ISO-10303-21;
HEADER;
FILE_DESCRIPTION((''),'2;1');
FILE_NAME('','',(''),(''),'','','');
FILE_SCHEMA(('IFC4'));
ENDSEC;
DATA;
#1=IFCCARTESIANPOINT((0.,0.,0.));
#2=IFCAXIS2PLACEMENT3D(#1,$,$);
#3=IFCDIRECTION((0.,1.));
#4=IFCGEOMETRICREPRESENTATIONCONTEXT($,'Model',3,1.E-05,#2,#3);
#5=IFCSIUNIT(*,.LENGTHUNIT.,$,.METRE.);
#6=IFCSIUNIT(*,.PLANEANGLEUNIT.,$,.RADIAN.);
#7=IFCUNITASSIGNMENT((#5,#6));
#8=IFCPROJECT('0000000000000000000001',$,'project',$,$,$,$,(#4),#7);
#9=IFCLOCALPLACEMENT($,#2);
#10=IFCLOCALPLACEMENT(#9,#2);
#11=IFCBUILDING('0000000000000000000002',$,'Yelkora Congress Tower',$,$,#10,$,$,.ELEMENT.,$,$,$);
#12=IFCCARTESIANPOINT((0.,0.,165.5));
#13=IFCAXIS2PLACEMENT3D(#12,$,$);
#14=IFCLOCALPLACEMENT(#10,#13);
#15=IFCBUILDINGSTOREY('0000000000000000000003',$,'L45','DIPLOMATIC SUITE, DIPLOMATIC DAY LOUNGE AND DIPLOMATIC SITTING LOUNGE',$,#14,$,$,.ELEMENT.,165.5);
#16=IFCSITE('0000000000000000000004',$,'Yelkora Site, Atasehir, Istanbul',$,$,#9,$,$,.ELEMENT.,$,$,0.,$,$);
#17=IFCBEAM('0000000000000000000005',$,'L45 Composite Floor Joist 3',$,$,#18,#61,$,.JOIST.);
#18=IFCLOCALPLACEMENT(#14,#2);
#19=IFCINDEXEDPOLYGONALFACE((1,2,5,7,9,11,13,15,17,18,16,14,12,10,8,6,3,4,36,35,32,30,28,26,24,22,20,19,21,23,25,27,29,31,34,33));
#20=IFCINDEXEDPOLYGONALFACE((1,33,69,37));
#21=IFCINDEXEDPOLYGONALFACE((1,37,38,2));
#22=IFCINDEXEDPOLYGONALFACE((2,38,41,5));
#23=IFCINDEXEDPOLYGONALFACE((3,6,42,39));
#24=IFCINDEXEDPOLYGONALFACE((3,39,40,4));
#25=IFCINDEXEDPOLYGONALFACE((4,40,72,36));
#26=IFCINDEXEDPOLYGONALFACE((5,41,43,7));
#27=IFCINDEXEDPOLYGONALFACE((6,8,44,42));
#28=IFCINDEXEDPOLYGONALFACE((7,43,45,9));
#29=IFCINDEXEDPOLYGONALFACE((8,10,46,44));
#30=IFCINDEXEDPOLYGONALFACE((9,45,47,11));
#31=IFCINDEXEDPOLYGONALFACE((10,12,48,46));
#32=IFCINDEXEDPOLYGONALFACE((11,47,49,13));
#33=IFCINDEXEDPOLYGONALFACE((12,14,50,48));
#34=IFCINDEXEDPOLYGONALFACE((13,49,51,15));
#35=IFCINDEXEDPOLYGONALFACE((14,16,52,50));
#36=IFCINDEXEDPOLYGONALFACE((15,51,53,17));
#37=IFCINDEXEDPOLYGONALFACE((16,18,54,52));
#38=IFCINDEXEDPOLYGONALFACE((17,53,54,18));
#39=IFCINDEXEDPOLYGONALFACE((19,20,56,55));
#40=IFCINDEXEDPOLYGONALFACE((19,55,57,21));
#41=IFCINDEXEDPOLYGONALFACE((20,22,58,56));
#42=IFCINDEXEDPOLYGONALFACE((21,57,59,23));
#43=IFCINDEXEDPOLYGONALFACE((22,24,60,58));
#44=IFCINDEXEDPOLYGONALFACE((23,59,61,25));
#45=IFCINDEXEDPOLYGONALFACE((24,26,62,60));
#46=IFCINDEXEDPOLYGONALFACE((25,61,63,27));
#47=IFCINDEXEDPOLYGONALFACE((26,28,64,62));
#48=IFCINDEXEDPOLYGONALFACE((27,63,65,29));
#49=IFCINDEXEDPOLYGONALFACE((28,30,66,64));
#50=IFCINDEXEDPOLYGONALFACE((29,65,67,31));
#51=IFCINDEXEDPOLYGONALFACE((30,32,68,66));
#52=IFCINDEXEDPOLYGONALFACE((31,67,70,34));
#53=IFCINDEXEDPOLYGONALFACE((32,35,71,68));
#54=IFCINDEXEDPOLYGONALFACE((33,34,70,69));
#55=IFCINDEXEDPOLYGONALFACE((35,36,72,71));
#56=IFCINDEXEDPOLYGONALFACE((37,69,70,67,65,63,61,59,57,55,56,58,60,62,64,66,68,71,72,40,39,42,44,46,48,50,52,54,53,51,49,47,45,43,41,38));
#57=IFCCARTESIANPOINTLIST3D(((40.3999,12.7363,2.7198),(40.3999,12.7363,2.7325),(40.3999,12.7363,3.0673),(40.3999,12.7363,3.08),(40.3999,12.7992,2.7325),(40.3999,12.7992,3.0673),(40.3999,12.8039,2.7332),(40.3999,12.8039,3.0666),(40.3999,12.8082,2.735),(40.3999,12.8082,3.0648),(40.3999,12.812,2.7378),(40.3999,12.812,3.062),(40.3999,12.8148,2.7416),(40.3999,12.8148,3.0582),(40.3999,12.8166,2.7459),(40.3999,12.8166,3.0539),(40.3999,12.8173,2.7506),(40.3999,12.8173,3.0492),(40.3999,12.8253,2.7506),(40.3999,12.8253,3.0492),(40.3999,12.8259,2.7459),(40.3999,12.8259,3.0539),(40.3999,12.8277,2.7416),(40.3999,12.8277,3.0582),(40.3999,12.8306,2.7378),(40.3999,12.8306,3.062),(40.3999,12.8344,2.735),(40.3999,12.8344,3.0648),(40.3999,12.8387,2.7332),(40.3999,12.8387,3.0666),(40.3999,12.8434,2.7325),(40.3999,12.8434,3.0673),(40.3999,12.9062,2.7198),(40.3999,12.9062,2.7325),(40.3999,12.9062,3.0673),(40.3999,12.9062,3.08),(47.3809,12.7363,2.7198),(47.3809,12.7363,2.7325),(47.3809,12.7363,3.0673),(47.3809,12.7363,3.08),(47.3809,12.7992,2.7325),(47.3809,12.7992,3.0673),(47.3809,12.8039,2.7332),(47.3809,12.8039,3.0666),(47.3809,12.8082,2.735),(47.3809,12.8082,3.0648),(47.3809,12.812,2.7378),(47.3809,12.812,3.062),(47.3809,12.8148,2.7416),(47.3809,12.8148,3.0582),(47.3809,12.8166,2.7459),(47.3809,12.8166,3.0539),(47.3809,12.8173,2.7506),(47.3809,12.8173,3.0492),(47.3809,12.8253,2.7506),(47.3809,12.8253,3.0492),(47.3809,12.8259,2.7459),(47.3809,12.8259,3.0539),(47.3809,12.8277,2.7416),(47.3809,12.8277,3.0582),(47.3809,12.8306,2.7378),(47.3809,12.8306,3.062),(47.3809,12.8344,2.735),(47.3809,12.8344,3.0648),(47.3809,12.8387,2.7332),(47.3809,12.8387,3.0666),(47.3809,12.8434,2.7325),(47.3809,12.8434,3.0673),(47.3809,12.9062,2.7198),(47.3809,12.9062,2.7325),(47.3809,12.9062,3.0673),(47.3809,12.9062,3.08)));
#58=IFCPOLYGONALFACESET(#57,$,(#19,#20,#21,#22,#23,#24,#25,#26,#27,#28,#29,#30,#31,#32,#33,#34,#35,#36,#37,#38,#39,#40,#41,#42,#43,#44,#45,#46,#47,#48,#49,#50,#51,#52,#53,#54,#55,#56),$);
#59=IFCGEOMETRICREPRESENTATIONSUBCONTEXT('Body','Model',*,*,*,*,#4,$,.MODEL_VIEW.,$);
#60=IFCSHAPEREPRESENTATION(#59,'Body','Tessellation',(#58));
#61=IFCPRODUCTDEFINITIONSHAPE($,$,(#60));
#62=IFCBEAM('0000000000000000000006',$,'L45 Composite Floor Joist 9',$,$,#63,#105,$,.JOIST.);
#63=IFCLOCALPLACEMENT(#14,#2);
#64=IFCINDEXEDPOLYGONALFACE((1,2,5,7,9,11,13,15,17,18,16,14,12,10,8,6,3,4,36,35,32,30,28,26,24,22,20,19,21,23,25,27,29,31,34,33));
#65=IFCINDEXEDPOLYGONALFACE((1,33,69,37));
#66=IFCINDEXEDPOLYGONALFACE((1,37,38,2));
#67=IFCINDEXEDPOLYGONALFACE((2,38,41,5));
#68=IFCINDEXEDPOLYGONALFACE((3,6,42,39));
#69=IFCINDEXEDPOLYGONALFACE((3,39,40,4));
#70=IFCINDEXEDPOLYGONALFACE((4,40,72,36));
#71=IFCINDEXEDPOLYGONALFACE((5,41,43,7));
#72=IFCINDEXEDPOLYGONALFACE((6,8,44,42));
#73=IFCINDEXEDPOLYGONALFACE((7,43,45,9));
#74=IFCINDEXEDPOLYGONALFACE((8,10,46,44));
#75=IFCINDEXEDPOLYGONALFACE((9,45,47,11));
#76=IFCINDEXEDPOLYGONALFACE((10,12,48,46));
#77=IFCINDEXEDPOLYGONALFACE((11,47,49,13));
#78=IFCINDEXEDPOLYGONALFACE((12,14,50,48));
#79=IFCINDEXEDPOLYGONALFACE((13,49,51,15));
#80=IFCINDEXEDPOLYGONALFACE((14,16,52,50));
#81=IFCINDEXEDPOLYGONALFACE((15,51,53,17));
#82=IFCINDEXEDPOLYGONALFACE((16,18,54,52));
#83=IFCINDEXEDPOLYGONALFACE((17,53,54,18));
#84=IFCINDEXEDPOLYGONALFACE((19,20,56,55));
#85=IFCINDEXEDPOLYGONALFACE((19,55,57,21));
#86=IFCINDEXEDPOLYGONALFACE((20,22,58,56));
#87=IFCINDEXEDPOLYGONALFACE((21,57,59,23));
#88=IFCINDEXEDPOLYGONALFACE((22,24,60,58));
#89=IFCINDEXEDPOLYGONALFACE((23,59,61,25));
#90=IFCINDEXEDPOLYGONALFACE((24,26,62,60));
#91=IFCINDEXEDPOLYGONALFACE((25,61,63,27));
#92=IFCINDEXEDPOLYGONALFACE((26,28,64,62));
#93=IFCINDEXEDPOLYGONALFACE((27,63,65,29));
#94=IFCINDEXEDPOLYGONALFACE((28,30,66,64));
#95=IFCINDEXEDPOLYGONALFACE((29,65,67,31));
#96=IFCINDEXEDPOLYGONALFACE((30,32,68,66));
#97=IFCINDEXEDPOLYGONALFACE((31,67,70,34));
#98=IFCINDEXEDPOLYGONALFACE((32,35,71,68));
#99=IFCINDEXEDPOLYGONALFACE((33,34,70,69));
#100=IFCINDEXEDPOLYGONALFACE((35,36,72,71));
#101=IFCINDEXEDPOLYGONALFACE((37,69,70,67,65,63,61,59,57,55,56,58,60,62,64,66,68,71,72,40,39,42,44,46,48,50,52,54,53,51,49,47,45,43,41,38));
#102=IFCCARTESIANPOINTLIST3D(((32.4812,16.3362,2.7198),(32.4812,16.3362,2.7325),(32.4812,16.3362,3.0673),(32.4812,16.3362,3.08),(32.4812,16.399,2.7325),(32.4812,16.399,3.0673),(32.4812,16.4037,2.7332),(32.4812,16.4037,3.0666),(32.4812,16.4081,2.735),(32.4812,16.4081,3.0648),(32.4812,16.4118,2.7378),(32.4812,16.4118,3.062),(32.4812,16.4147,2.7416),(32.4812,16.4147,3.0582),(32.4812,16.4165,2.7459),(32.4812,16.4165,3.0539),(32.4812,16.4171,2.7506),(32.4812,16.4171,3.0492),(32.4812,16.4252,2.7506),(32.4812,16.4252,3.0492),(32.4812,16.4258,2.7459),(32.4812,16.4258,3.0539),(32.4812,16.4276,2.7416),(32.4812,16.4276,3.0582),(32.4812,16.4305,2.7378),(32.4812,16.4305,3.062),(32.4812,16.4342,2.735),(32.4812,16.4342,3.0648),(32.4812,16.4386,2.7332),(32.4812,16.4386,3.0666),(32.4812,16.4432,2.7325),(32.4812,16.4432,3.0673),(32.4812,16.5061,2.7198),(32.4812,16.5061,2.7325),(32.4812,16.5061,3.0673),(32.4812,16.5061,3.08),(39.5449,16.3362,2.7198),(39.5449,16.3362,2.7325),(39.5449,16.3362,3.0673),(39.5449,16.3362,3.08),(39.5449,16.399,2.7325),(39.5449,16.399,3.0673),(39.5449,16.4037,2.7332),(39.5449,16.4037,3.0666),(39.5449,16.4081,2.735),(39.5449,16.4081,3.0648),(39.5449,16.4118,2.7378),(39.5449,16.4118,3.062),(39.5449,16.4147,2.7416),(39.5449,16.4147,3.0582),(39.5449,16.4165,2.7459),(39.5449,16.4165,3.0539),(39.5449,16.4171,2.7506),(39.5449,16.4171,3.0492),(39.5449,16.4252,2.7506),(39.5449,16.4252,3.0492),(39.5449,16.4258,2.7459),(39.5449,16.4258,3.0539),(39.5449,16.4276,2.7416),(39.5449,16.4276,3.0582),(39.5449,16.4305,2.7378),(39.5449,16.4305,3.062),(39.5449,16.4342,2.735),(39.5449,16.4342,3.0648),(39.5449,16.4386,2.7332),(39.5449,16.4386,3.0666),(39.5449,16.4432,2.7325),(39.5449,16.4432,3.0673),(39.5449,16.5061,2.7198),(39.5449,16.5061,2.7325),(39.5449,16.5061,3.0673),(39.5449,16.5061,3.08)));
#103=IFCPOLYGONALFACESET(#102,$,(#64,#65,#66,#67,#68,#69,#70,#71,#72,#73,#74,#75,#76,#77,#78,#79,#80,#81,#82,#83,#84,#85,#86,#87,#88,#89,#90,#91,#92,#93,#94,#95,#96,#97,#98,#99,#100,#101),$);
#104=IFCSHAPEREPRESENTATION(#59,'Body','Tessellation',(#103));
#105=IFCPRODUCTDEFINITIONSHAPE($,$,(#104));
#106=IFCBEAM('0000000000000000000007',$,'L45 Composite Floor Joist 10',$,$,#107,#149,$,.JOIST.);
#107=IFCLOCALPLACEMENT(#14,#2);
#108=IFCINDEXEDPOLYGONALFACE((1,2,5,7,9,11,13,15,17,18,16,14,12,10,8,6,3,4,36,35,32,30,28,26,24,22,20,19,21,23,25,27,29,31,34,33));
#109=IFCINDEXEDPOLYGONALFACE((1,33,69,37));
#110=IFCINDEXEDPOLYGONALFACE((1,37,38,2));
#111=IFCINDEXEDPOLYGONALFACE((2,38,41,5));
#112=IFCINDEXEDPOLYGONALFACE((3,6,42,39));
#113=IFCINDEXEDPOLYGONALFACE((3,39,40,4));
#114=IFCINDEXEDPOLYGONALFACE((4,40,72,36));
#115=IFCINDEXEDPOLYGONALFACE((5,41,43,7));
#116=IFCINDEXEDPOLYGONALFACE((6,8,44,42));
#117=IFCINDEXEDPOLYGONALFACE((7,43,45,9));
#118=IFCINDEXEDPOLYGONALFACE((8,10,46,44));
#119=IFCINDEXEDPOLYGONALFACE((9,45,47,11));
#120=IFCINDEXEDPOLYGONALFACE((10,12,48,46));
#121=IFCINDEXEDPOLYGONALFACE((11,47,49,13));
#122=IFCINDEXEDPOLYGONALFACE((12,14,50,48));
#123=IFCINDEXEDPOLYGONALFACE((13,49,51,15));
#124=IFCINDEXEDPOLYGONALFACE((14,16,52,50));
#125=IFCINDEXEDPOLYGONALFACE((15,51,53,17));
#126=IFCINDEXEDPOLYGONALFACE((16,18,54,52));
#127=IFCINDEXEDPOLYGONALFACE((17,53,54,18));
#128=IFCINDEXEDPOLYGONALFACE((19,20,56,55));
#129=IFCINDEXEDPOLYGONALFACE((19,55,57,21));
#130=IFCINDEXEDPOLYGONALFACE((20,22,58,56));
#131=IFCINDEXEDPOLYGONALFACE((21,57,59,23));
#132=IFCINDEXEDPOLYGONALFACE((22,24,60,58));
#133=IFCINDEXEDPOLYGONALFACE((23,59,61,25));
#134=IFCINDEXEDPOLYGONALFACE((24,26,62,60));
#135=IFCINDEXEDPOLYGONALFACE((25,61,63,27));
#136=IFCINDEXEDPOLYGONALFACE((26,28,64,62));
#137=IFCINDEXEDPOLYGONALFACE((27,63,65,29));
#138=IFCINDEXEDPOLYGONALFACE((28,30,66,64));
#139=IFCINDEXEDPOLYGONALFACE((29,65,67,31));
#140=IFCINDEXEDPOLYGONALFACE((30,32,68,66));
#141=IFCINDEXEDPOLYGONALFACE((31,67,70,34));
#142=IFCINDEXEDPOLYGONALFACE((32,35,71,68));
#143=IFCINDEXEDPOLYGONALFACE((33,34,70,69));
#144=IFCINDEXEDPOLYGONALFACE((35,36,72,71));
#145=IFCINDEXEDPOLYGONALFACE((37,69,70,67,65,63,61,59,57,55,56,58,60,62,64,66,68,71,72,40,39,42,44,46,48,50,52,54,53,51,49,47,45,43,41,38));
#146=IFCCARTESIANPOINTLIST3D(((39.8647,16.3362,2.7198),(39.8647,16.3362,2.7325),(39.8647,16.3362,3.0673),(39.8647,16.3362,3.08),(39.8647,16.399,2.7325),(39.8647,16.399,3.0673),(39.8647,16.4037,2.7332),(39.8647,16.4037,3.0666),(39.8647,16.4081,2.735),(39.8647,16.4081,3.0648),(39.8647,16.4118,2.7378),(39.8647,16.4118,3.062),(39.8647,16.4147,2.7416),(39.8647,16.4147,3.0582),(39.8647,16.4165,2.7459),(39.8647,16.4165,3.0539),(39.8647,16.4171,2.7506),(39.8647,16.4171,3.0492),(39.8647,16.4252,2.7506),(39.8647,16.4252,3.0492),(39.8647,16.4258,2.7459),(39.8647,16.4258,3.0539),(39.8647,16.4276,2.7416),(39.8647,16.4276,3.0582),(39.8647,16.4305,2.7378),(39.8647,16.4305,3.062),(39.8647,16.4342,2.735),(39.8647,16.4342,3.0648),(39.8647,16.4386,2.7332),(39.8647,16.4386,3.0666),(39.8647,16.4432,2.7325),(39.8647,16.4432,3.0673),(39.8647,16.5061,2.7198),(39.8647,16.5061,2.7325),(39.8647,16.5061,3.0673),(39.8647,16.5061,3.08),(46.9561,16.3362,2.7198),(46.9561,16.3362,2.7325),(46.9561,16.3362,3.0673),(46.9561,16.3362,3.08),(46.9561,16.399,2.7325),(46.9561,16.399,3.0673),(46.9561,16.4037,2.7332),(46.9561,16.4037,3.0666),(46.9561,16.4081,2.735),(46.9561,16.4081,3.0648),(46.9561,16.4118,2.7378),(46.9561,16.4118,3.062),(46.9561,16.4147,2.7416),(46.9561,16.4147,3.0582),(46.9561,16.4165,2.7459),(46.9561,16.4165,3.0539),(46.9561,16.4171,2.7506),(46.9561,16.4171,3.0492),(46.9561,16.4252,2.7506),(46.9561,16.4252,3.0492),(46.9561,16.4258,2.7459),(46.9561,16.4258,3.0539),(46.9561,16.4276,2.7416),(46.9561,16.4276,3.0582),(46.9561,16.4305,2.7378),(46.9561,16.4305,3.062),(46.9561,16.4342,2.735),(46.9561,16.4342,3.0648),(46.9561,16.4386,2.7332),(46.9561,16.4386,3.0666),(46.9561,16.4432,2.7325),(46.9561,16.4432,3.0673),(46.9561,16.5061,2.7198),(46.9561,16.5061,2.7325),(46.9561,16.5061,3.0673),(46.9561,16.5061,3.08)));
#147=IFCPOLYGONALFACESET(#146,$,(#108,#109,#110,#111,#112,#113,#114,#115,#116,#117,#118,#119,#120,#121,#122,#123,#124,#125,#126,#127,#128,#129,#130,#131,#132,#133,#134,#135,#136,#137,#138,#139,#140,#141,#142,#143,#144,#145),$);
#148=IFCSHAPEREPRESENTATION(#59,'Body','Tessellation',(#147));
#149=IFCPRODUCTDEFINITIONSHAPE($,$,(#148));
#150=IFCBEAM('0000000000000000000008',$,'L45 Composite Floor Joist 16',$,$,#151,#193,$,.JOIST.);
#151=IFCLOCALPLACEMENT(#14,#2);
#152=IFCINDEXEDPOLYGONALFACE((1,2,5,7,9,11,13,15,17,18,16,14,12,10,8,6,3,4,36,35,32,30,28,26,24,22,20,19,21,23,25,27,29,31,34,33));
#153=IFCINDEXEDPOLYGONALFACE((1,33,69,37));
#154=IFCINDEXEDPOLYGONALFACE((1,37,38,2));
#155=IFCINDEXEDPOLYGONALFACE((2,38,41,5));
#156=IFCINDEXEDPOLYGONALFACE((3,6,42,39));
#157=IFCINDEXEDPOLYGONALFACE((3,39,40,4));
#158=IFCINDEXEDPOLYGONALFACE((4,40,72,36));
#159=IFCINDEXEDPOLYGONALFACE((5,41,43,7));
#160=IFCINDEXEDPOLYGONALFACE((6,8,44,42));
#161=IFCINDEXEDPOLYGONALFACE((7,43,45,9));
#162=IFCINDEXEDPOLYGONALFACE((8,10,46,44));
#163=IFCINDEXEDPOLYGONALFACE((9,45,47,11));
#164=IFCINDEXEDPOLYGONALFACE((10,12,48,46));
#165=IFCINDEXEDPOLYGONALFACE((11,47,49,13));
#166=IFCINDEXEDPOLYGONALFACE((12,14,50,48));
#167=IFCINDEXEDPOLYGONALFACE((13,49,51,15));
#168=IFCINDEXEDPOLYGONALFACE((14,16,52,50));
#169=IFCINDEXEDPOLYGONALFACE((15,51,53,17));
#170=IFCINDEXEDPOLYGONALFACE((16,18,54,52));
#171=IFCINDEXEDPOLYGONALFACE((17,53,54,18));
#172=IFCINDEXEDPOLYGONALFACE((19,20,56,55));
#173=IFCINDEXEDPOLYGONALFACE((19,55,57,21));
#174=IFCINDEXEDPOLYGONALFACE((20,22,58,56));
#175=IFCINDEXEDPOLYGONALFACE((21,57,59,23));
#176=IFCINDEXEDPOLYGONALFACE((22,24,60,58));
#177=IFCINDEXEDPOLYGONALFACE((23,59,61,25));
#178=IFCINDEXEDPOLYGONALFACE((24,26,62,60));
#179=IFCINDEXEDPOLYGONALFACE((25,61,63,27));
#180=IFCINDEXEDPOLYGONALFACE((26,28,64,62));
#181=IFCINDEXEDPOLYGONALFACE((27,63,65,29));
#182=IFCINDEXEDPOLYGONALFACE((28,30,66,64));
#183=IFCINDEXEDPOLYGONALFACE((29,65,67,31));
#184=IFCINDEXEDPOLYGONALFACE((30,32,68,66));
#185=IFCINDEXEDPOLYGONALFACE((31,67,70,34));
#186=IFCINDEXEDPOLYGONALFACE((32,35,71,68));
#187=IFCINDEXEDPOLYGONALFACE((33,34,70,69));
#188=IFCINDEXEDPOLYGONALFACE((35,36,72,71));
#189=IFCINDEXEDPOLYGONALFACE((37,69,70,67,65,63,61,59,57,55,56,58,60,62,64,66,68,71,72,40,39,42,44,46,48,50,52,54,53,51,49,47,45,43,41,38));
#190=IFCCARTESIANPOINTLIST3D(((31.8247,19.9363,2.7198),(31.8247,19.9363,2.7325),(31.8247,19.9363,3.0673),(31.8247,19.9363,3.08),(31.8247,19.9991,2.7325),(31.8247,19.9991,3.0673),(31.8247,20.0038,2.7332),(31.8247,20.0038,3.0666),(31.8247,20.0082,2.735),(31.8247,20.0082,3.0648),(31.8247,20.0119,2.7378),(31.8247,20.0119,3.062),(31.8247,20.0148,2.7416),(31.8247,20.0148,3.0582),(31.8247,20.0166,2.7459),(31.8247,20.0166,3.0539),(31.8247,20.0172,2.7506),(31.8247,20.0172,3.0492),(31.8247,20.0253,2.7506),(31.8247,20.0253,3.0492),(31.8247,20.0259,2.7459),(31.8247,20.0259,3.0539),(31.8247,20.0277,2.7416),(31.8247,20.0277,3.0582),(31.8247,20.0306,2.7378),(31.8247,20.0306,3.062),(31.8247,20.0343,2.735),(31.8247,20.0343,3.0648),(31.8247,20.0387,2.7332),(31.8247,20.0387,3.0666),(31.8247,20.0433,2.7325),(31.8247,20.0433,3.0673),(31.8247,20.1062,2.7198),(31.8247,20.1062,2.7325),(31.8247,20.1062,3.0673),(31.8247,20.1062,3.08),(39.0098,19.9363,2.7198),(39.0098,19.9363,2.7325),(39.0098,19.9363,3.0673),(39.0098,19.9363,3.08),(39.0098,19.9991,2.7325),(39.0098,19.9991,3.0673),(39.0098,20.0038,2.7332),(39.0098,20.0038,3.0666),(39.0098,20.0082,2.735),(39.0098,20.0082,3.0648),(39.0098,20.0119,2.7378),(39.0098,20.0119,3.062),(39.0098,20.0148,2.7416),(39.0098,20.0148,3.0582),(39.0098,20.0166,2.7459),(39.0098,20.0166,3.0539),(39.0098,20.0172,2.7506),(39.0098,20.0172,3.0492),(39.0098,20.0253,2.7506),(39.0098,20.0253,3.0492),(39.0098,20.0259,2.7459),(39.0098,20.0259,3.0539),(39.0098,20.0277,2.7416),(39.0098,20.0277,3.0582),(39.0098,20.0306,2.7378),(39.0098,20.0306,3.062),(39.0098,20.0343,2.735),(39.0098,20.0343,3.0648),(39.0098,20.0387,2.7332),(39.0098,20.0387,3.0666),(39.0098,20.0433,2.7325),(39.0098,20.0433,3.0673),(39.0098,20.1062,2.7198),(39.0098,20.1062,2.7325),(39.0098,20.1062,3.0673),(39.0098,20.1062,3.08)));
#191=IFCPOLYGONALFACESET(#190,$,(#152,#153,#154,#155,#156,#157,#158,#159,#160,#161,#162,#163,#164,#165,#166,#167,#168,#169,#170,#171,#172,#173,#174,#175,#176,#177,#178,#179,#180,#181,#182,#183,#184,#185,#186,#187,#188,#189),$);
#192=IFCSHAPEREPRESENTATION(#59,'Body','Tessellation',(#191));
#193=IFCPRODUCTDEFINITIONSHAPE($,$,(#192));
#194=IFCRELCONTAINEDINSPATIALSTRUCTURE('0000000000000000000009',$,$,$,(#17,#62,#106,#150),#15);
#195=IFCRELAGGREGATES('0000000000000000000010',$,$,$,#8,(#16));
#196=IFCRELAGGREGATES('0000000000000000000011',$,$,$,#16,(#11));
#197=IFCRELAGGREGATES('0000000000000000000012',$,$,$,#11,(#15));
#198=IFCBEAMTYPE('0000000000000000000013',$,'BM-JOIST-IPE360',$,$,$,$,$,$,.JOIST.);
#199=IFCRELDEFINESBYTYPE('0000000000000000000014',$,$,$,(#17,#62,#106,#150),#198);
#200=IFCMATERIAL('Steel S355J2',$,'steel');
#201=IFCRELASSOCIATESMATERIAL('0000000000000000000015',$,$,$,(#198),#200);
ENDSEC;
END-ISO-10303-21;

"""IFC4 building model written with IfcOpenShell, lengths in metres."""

from ifc_helpers import new_model, si_unit, direction, frame, origin, origin_2d, place, context, subcontext, project, spatial, i_section, extrude, material, material_profile, profile_set, type_object, element, save


model = new_model("IFC4")

# Units and contexts
model_context = context("Model", 3, precision=1e-05, world=origin(), true_north=direction((0.0, 1.0)))
body_context = subcontext(model_context, "Body", "Model", "MODEL_VIEW")
ifc_project = project(units=[si_unit("LENGTHUNIT", "METRE"), si_unit("PLANEANGLEUNIT", "RADIAN")], contexts=[model_context])

# Site, building, storey
site_placement = place(None, origin())
site = spatial("IfcSite", under=ifc_project, at=site_placement, Name="Yelkora Site, Atasehir, Istanbul", CompositionType="ELEMENT", RefElevation=0.0)
building_placement = place(site_placement, origin())
building = spatial("IfcBuilding", under=site, at=building_placement, Name="Yelkora Congress Tower", CompositionType="ELEMENT")
storey_placement = place(building_placement, frame((0.0, 0.0, 165.5)))
storey = spatial("IfcBuildingStorey", under=building, at=storey_placement, Name="L45", Description="DIPLOMATIC SUITE, DIPLOMATIC DAY LOUNGE AND DIPLOMATIC SITTING LOUNGE", CompositionType="ELEMENT", Elevation=165.5)

# Beams
ifc_material_1 = material(Name="Steel S355J2", Category="steel")
ifc_material_profile_1 = material_profile(ifc_material_1, i_section(OverallWidth=0.1699, OverallDepth=0.3601, WebThickness=0.0081, FlangeThickness=0.0127, FilletRadius=0.0181, at=origin_2d()), Name="IPE 360")
ifc_profile_set_1 = profile_set([ifc_material_profile_1], Name="Steel S355J2")
beam_type_1 = type_object("IfcBeamType", Name="BM-JOIST-IPE360", PredefinedType="JOIST", material=ifc_profile_set_1)
beam_1_placement = place(storey_placement, frame((40.3999, 12.8213, 2.8999), z_axis=(1.0, 0.0, 0.0), x_axis=(0.0, 1.0, 0.0)))
element("IfcBeam", 1, at=beam_1_placement, inside=storey, type_object=beam_type_1, Name="L45 Composite Floor Joist 3", PredefinedType="JOIST", context=body_context, shape_type="SweptSolid", body=[
    extrude(i_section(OverallWidth=0.1699, OverallDepth=0.3601, WebThickness=0.0081, FlangeThickness=0.0127, FilletRadius=0.0181, at=origin_2d()), origin(), (0.0, 0.0, 1.0), 6.981),
])
beam_2_placement = place(storey_placement, frame((32.4812, 16.4211, 2.8999), z_axis=(1.0, 0.0, 0.0), x_axis=(0.0, 1.0, 0.0)))
element("IfcBeam", 2, at=beam_2_placement, inside=storey, type_object=beam_type_1, Name="L45 Composite Floor Joist 9", PredefinedType="JOIST", context=body_context, shape_type="SweptSolid", body=[
    extrude(i_section(OverallWidth=0.1699, OverallDepth=0.3601, WebThickness=0.0081, FlangeThickness=0.0127, FilletRadius=0.0181, at=origin_2d()), origin(), (0.0, 0.0, 1.0), 7.0637),
])
beam_3_placement = place(storey_placement, frame((39.8647, 16.4211, 2.8999), z_axis=(1.0, 0.0, 0.0), x_axis=(0.0, 1.0, 0.0)))
element("IfcBeam", 3, at=beam_3_placement, inside=storey, type_object=beam_type_1, Name="L45 Composite Floor Joist 10", PredefinedType="JOIST", context=body_context, shape_type="SweptSolid", body=[
    extrude(i_section(OverallWidth=0.1699, OverallDepth=0.3601, WebThickness=0.0081, FlangeThickness=0.0127, FilletRadius=0.0181, at=origin_2d()), origin(), (0.0, 0.0, 1.0), 7.0913),
])
beam_4_placement = place(storey_placement, frame((31.8247, 20.0212, 2.8999), z_axis=(1.0, 0.0, 0.0), x_axis=(0.0, 1.0, 0.0)))
element("IfcBeam", 4, at=beam_4_placement, inside=storey, type_object=beam_type_1, Name="L45 Composite Floor Joist 16", PredefinedType="JOIST", context=body_context, shape_type="SweptSolid", body=[
    extrude(i_section(OverallWidth=0.1699, OverallDepth=0.3601, WebThickness=0.0081, FlangeThickness=0.0127, FilletRadius=0.0181, at=origin_2d()), origin(), (0.0, 0.0, 1.0), 7.1851),
])

save(model, "model.ifc")
